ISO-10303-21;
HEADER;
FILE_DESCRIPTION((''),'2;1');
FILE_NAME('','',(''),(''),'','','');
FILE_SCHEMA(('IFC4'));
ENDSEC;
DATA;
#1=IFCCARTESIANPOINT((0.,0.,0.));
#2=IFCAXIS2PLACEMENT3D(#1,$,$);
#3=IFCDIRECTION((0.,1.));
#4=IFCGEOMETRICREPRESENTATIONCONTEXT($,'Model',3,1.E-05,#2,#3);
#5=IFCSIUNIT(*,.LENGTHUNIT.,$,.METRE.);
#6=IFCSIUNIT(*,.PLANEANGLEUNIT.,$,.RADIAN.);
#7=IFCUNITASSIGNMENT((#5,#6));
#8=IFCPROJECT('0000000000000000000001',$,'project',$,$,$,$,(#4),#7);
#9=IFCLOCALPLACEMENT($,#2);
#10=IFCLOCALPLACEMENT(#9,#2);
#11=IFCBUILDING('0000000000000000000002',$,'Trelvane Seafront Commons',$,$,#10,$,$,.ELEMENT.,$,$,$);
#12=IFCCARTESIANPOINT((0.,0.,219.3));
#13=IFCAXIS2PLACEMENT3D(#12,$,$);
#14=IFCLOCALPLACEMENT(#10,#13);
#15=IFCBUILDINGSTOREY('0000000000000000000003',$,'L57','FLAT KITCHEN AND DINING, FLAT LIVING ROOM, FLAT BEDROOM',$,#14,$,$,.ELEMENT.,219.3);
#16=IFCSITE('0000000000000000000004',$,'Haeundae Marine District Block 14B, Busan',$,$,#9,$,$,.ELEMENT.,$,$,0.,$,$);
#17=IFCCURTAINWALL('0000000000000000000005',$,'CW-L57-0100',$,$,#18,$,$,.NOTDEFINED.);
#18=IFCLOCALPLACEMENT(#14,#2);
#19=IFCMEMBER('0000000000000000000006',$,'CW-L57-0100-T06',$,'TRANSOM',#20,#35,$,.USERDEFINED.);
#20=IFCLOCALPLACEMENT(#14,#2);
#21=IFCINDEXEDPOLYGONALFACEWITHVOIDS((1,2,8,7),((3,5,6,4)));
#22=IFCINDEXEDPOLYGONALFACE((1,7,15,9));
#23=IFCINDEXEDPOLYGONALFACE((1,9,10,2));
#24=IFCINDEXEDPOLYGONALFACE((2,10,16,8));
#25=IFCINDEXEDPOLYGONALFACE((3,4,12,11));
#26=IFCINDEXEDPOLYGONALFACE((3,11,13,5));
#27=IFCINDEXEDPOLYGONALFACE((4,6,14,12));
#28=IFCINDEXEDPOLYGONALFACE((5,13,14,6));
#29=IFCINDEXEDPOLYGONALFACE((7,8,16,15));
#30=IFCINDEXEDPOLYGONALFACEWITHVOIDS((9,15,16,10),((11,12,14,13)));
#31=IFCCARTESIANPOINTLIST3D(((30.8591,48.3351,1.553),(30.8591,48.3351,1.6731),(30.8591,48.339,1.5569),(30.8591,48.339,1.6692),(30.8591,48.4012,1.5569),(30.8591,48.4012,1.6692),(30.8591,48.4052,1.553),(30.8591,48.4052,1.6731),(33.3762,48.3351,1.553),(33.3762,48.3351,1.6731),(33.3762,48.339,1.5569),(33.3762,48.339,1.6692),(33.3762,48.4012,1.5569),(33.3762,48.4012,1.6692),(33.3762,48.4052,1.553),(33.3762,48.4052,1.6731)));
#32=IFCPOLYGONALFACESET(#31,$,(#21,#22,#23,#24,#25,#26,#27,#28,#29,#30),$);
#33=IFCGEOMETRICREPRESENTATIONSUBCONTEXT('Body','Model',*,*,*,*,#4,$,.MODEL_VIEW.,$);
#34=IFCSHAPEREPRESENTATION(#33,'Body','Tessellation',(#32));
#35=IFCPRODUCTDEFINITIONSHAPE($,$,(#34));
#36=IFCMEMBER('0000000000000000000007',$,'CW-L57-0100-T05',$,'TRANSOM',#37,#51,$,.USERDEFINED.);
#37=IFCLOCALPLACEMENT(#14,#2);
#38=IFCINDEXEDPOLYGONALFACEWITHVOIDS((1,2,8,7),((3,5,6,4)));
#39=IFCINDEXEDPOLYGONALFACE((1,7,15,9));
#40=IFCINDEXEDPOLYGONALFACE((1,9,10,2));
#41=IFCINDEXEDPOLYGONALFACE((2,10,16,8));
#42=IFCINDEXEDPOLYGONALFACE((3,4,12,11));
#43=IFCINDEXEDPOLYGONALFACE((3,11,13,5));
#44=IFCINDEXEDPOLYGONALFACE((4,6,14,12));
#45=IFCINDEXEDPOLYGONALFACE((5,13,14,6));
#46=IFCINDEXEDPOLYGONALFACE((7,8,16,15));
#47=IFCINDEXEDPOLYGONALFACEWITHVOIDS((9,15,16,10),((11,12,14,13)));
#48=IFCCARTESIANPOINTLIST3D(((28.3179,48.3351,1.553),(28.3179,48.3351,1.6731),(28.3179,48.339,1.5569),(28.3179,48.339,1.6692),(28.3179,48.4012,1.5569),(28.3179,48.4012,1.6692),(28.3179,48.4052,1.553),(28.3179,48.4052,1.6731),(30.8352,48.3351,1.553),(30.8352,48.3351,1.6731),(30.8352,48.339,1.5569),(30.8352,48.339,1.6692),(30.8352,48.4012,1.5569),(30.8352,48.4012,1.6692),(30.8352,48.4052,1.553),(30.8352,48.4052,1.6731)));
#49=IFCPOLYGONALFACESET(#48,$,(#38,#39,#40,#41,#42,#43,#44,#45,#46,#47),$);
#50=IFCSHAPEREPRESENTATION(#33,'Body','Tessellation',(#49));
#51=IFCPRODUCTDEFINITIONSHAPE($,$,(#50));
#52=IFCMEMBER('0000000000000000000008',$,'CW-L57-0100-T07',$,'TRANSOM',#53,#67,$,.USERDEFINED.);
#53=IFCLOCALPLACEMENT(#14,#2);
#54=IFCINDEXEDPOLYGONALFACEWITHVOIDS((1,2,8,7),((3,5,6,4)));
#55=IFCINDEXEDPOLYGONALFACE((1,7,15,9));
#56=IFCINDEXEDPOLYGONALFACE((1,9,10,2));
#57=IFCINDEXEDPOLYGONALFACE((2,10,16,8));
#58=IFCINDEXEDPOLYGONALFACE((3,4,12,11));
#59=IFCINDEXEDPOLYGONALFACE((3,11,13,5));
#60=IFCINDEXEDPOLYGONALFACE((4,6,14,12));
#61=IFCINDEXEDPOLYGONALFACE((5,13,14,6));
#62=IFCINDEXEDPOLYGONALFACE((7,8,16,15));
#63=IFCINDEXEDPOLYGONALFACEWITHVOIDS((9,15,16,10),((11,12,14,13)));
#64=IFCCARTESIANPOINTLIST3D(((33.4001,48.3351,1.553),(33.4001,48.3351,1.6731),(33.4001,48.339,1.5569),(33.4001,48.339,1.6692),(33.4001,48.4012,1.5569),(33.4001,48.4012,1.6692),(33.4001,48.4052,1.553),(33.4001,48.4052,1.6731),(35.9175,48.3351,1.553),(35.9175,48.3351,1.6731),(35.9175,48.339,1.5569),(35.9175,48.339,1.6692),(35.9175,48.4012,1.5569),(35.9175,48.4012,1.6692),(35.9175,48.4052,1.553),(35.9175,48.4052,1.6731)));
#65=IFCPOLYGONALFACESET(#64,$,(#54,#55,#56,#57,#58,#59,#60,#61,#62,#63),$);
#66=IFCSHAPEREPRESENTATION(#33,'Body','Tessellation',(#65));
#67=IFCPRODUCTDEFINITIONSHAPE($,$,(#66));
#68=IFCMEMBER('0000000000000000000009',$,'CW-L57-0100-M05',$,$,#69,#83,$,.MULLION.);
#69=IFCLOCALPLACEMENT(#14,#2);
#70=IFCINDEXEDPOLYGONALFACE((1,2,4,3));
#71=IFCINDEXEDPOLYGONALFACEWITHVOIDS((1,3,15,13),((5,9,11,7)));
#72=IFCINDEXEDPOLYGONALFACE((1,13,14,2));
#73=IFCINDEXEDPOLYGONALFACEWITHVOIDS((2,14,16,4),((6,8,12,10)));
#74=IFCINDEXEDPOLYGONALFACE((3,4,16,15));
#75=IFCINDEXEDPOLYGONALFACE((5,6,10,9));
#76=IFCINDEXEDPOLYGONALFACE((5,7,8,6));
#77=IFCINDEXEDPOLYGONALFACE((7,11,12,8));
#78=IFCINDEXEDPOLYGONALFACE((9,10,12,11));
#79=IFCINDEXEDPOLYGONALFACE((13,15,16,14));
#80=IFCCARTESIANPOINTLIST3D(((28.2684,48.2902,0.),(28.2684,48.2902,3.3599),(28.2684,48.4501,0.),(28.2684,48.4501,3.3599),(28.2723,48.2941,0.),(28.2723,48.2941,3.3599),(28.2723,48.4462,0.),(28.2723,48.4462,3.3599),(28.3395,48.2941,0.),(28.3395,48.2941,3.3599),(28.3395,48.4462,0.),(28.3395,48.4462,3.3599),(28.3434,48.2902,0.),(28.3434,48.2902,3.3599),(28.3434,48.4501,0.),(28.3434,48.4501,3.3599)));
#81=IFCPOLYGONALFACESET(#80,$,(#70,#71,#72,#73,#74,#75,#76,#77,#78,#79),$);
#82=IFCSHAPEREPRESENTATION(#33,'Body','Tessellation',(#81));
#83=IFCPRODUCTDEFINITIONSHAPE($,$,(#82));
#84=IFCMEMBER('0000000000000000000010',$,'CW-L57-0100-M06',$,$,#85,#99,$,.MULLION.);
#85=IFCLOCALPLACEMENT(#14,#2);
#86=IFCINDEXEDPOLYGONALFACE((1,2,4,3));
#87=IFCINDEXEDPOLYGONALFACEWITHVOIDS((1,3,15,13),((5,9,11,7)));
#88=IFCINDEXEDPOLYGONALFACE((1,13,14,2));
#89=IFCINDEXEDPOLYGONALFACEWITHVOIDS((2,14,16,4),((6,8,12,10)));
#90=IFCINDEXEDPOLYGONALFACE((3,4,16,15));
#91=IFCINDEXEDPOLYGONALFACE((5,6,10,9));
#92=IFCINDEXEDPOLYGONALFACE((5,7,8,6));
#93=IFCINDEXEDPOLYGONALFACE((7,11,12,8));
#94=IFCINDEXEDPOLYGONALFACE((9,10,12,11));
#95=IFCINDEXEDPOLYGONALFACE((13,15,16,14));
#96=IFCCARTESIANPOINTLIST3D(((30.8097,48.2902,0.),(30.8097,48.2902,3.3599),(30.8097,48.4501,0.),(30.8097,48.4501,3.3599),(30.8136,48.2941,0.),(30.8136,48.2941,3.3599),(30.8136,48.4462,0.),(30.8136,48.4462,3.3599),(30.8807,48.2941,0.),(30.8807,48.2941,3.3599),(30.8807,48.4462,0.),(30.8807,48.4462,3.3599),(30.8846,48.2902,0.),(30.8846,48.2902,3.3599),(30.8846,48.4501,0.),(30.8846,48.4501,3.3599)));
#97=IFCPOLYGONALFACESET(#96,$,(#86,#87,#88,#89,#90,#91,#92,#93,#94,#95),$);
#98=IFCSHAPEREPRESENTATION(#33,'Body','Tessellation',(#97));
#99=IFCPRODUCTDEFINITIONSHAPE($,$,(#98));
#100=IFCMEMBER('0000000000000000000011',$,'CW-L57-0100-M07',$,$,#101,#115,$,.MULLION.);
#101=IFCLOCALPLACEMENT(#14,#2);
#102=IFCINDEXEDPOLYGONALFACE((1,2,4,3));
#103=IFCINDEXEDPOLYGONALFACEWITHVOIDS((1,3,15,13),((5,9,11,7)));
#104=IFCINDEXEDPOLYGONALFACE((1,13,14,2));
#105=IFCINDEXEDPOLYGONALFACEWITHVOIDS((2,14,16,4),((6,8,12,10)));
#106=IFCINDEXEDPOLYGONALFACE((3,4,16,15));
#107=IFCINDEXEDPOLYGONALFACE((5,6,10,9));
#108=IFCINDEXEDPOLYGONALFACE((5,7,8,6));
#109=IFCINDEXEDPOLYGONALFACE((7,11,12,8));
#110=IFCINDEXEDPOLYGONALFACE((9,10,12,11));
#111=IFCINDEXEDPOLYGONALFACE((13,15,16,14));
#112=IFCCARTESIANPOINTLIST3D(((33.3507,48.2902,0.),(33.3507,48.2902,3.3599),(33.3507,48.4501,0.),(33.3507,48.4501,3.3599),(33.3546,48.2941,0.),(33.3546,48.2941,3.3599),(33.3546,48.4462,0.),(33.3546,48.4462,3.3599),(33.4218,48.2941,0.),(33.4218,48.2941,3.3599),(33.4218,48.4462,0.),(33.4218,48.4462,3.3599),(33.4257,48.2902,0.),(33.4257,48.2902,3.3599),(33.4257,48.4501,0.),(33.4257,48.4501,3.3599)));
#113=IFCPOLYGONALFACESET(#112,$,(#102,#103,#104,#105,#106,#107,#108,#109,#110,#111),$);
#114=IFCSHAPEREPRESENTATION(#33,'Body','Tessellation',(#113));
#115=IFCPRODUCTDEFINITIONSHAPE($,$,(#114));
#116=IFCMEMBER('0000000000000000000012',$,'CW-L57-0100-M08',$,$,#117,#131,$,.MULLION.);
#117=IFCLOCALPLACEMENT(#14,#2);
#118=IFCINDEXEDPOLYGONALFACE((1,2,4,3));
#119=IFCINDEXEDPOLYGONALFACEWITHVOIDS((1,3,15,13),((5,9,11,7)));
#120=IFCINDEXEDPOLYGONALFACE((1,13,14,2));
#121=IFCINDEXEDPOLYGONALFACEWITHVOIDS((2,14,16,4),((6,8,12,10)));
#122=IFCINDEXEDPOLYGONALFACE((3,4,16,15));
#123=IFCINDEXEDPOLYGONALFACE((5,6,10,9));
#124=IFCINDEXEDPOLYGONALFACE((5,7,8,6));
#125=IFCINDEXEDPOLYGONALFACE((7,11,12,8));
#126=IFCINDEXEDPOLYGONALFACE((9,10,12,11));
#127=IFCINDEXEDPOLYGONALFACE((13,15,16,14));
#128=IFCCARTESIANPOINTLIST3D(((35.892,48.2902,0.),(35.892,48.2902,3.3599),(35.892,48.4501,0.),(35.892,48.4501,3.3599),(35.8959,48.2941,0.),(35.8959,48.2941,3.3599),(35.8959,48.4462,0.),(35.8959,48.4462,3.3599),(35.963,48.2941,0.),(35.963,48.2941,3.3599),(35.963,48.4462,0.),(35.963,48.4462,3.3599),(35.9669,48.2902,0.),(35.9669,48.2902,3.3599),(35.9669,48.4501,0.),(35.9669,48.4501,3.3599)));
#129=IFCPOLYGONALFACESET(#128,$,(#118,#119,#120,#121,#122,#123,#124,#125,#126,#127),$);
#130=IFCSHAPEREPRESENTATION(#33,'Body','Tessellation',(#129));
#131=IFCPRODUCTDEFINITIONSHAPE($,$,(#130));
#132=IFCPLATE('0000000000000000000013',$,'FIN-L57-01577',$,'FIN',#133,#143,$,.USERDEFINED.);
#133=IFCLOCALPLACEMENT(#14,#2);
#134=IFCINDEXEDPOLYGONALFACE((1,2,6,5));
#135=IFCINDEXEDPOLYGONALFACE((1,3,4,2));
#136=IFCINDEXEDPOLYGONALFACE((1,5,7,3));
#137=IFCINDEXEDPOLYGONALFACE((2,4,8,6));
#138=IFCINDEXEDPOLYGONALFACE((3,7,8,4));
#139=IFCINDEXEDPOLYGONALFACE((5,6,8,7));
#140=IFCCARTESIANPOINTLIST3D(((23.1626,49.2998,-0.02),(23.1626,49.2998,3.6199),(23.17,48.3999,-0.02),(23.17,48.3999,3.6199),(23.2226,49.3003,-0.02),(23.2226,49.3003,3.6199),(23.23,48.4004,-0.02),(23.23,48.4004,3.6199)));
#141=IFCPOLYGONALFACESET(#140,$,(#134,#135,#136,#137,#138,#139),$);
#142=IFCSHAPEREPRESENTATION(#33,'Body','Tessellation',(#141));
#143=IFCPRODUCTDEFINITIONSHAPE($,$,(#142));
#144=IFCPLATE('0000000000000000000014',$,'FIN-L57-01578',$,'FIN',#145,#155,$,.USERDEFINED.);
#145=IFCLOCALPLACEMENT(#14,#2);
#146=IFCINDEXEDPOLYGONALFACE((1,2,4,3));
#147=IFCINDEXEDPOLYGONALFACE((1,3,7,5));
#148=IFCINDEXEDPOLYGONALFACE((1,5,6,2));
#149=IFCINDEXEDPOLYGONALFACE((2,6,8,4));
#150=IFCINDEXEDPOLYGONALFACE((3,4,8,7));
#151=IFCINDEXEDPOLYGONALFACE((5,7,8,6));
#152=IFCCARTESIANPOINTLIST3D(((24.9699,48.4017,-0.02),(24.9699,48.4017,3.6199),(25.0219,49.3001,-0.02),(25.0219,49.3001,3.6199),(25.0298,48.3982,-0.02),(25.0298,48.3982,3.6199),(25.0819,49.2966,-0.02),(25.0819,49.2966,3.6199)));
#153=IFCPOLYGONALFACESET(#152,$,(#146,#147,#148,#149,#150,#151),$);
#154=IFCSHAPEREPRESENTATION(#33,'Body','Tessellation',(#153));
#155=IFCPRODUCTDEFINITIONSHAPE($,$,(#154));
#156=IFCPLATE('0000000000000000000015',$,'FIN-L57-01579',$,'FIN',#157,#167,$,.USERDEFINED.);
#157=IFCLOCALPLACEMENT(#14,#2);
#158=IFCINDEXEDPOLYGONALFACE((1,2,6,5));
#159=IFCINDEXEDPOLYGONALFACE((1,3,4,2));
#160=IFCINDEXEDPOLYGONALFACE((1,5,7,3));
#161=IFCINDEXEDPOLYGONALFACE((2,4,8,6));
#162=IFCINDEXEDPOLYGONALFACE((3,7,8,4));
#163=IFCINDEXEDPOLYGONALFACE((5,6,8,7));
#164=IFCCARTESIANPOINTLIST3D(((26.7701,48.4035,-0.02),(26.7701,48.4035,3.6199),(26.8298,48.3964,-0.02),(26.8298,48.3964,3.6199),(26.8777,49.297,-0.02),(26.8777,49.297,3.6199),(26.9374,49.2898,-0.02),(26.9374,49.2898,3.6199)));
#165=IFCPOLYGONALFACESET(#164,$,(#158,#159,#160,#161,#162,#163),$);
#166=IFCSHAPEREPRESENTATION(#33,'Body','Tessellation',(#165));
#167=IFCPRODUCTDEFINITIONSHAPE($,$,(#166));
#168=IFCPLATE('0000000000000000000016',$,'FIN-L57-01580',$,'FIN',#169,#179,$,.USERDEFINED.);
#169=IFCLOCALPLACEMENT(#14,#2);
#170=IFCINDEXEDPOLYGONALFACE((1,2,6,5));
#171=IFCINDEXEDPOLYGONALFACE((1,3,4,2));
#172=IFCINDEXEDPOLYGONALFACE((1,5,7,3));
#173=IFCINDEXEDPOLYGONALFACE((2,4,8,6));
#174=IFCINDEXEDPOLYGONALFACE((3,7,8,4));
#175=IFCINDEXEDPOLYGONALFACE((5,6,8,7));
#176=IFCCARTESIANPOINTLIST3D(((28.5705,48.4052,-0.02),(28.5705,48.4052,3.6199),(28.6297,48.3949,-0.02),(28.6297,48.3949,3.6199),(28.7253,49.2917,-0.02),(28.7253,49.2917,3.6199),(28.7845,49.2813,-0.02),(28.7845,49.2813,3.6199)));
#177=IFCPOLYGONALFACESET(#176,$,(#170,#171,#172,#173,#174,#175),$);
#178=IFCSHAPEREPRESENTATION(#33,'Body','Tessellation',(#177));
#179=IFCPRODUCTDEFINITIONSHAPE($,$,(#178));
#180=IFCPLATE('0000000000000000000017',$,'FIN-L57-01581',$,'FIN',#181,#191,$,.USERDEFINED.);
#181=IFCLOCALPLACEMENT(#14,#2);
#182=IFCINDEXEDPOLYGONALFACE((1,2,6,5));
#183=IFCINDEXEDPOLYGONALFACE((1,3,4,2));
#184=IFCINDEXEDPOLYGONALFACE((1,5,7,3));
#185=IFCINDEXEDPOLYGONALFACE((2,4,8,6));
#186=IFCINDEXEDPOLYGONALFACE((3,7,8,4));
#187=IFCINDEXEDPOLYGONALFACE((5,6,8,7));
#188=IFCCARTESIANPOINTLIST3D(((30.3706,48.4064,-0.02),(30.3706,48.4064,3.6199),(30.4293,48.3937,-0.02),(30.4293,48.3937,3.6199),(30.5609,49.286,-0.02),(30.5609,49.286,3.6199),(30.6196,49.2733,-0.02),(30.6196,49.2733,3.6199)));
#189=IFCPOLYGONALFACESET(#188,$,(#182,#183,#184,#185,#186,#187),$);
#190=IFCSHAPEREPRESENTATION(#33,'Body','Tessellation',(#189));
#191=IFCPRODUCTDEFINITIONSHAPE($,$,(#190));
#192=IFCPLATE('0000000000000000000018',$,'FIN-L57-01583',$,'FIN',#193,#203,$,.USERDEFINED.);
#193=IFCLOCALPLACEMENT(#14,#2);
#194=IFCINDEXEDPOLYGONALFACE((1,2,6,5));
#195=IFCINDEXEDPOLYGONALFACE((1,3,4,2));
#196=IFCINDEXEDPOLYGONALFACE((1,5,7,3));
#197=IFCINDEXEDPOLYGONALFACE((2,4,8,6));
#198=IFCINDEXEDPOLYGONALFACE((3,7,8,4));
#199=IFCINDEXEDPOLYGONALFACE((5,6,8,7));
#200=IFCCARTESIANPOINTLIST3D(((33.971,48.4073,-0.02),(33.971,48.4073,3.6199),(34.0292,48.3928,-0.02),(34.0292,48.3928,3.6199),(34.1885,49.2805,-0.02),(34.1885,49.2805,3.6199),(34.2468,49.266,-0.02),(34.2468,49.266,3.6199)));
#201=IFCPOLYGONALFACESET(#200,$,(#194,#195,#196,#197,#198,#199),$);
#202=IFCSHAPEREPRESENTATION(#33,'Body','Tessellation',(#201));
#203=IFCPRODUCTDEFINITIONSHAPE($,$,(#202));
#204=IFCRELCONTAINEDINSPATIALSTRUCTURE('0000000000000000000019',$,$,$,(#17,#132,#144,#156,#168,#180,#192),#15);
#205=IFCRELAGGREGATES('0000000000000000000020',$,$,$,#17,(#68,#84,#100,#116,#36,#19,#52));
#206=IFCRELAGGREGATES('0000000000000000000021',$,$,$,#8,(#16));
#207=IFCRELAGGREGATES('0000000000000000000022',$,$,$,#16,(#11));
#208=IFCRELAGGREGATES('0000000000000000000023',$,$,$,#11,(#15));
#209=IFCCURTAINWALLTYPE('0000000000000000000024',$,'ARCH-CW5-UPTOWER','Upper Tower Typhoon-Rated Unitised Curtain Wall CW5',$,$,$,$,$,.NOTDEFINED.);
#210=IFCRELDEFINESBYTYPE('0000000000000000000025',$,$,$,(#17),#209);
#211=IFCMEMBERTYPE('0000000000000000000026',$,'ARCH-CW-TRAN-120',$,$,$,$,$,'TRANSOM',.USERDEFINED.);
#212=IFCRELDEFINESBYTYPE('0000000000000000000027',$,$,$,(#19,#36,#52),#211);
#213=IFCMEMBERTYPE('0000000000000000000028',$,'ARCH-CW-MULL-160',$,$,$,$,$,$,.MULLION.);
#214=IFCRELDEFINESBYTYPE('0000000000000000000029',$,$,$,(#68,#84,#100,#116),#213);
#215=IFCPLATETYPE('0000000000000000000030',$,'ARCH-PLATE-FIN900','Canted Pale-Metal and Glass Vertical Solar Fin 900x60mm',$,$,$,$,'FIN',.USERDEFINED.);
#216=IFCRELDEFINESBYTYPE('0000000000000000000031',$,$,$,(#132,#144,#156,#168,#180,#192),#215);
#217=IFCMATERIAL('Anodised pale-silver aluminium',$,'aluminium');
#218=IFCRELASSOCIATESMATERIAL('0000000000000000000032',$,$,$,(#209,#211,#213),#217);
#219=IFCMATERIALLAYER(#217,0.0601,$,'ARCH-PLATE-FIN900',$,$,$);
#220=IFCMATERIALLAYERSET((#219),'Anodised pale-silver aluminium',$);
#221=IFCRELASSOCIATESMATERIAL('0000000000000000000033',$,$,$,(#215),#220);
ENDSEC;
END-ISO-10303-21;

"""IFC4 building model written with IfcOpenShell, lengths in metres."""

from ifc_helpers import new_model, si_unit, direction, frame, origin, origin_2d, place, context, subcontext, project, spatial, rectangle, hollow_rectangle, extrude, source, transform, mapped, material, layer, layer_set, material_profile, profile_set, type_object, element, aggregate, save


model = new_model("IFC4")

# Units and contexts
model_context = context("Model", 3, precision=1e-05, world=origin(), true_north=direction((0.0, 1.0)))
body_context = subcontext(model_context, "Body", "Model", "MODEL_VIEW")
ifc_project = project(units=[si_unit("LENGTHUNIT", "METRE"), si_unit("PLANEANGLEUNIT", "RADIAN")], contexts=[model_context])

# Site, building, storey
site_placement = place(None, origin())
site = spatial("IfcSite", under=ifc_project, at=site_placement, Name="Haeundae Marine District Block 14B, Busan", CompositionType="ELEMENT", RefElevation=0.0)
building_placement = place(site_placement, origin())
building = spatial("IfcBuilding", under=site, at=building_placement, Name="Trelvane Seafront Commons", CompositionType="ELEMENT")
storey_placement = place(building_placement, frame((0.0, 0.0, 219.3)))
storey = spatial("IfcBuildingStorey", under=building, at=storey_placement, Name="L57", Description="FLAT KITCHEN AND DINING, FLAT LIVING ROOM, FLAT BEDROOM", CompositionType="ELEMENT", Elevation=219.3)

# Curtain wall, members
ifc_material_1 = material(Name="Anodised pale-silver aluminium", Category="aluminium")
curtain_wall_type = type_object("IfcCurtainWallType", Name="ARCH-CW5-UPTOWER", Description="Upper Tower Typhoon-Rated Unitised Curtain Wall CW5", PredefinedType="NOTDEFINED", material=ifc_material_1)
curtain_wall_placement = place(storey_placement, origin())
curtain_wall = element("IfcCurtainWall", 1, at=curtain_wall_placement, inside=storey, type_object=curtain_wall_type, Name="CW-L57-0100", PredefinedType="NOTDEFINED")
ifc_material_profile_1 = material_profile(ifc_material_1, hollow_rectangle(XDim=0.0701, YDim=0.1201, WallThickness=0.0039, at=origin_2d()), Name="TRAN-70x120x4")
ifc_profile_set_1 = profile_set([ifc_material_profile_1], Name="Anodised pale-silver aluminium")
member_type_1 = type_object("IfcMemberType", Name="ARCH-CW-TRAN-120", ElementType="TRANSOM", PredefinedType="USERDEFINED", material=ifc_profile_set_1)
shared_shape_1 = source(origin(), body_context, "Body", "SweptSolid", [
    extrude(hollow_rectangle(XDim=0.0701, YDim=0.1201, WallThickness=0.0039, at=origin_2d()), origin(), (0.0, 0.0, 1.0), 2.5171),
])
member_1_placement = place(storey_placement, frame((30.8591, 48.3701, 1.613), z_axis=(1.0, 0.0, 0.0), x_axis=(0.0, 1.0, 0.0)))
member_1 = element("IfcMember", 2, at=member_1_placement, type_object=member_type_1, Name="CW-L57-0100-T06", ObjectType="TRANSOM", PredefinedType="USERDEFINED", context=body_context, shape_type="MappedRepresentation", body=[
    mapped(shared_shape_1, transform((0.0, 0.0, 0.0), x_axis=(1.0, 0.0, 0.0), y_axis=(0.0, 1.0, 0.0), z_axis=(0.0, 0.0, 1.0), scale=1.0)),
])
shared_shape_2 = source(origin(), body_context, "Body", "SweptSolid", [
    extrude(hollow_rectangle(XDim=0.0701, YDim=0.1201, WallThickness=0.0039, at=origin_2d()), origin(), (0.0, 0.0, 1.0), 2.5173),
])
member_2_placement = place(storey_placement, frame((28.3179, 48.3701, 1.613), z_axis=(1.0, 0.0, 0.0), x_axis=(0.0, 1.0, 0.0)))
member_2 = element("IfcMember", 3, at=member_2_placement, type_object=member_type_1, Name="CW-L57-0100-T05", ObjectType="TRANSOM", PredefinedType="USERDEFINED", context=body_context, shape_type="MappedRepresentation", body=[
    mapped(shared_shape_2, transform((0.0, 0.0, 0.0), x_axis=(1.0, 0.0, 0.0), y_axis=(0.0, 1.0, 0.0), z_axis=(0.0, 0.0, 1.0), scale=1.0)),
])
member_3_placement = place(storey_placement, frame((33.4001, 48.3701, 1.613), z_axis=(1.0, 0.0, 0.0), x_axis=(0.0, 1.0, 0.0)))
member_3 = element("IfcMember", 4, at=member_3_placement, type_object=member_type_1, Name="CW-L57-0100-T07", ObjectType="TRANSOM", PredefinedType="USERDEFINED", context=body_context, shape_type="MappedRepresentation", body=[
    mapped(shared_shape_2, transform((0.0, 0.0, 0.0), x_axis=(1.0, 0.0, 0.0), y_axis=(0.0, 1.0, 0.0), z_axis=(0.0, 0.0, 1.0), scale=1.0)),
])
ifc_material_profile_2 = material_profile(ifc_material_1, hollow_rectangle(XDim=0.075, YDim=0.1599, WallThickness=0.0039, at=origin_2d()), Name="MULL-75x160x4")
ifc_profile_set_2 = profile_set([ifc_material_profile_2], Name="Anodised pale-silver aluminium")
member_type_2 = type_object("IfcMemberType", Name="ARCH-CW-MULL-160", PredefinedType="MULLION", material=ifc_profile_set_2)
shared_shape_3 = source(origin(), body_context, "Body", "SweptSolid", [
    extrude(hollow_rectangle(XDim=0.075, YDim=0.1599, WallThickness=0.0039, at=origin_2d()), origin(), (0.0, 0.0, 1.0), 3.3599),
])
member_4_placement = place(storey_placement, frame((28.3059, 48.3701, 0.0), z_axis=(0.0, 0.0, 1.0), x_axis=(1.0, 0.0, 0.0)))
member_4 = element("IfcMember", 5, at=member_4_placement, type_object=member_type_2, Name="CW-L57-0100-M05", PredefinedType="MULLION", context=body_context, shape_type="MappedRepresentation", body=[
    mapped(shared_shape_3, transform((0.0, 0.0, 0.0), x_axis=(1.0, 0.0, 0.0), y_axis=(0.0, 1.0, 0.0), z_axis=(0.0, 0.0, 1.0), scale=1.0)),
])
member_5_placement = place(storey_placement, frame((30.8472, 48.3701, 0.0), z_axis=(0.0, 0.0, 1.0), x_axis=(1.0, 0.0, 0.0)))
member_5 = element("IfcMember", 6, at=member_5_placement, type_object=member_type_2, Name="CW-L57-0100-M06", PredefinedType="MULLION", context=body_context, shape_type="MappedRepresentation", body=[
    mapped(shared_shape_3, transform((0.0, 0.0, 0.0), x_axis=(1.0, 0.0, 0.0), y_axis=(0.0, 1.0, 0.0), z_axis=(0.0, 0.0, 1.0), scale=1.0)),
])
member_6_placement = place(storey_placement, frame((33.3882, 48.3701, 0.0), z_axis=(0.0, 0.0, 1.0), x_axis=(1.0, 0.0, 0.0)))
member_6 = element("IfcMember", 7, at=member_6_placement, type_object=member_type_2, Name="CW-L57-0100-M07", PredefinedType="MULLION", context=body_context, shape_type="MappedRepresentation", body=[
    mapped(shared_shape_3, transform((0.0, 0.0, 0.0), x_axis=(1.0, 0.0, 0.0), y_axis=(0.0, 1.0, 0.0), z_axis=(0.0, 0.0, 1.0), scale=1.0)),
])
member_7_placement = place(storey_placement, frame((35.9294, 48.3701, 0.0), z_axis=(0.0, 0.0, 1.0), x_axis=(1.0, 0.0, 0.0)))
member_7 = element("IfcMember", 8, at=member_7_placement, type_object=member_type_2, Name="CW-L57-0100-M08", PredefinedType="MULLION", context=body_context, shape_type="MappedRepresentation", body=[
    mapped(shared_shape_3, transform((0.0, 0.0, 0.0), x_axis=(1.0, 0.0, 0.0), y_axis=(0.0, 1.0, 0.0), z_axis=(0.0, 0.0, 1.0), scale=1.0)),
])

# Plates
ifc_layer_1 = layer(ifc_material_1, 0.0601, Name="ARCH-PLATE-FIN900")
ifc_layer_set_1 = layer_set([ifc_layer_1], Name="Anodised pale-silver aluminium")
plate_type_1 = type_object("IfcPlateType", Name="ARCH-PLATE-FIN900", Description="Canted Pale-Metal and Glass Vertical Solar Fin 900x60mm", ElementType="FIN", PredefinedType="USERDEFINED", material=ifc_layer_set_1)
shared_shape_4 = source(origin(), body_context, "Body", "SweptSolid", [
    extrude(rectangle(XDim=0.8999, YDim=0.0601, at=origin_2d()), origin(), (0.0, 0.0, 1.0), 3.6399),
])
for number, where, z_axis, x_axis, name in (
    (9, (23.1963, 48.8501, -0.02), (0.0, 0.0, 1.0), (-0.008222, 0.999966, 0.0), "FIN-L57-01577"),
    (10, (25.0259, 48.8491, -0.02), (0.0, 0.0, 1.0), (0.057888, 0.998323, 0.0), "FIN-L57-01578"),
    (11, (26.8538, 48.8467, -0.02), (0.0, 0.0, 1.0), (0.119562, 0.992827, 0.0), "FIN-L57-01579"),
    (12, (28.6775, 48.8433, -0.02), (0.0, 0.0, 1.0), (0.171998, 0.985097, 0.0), "FIN-L57-01580"),
    (13, (30.4951, 48.8398, -0.02), (0.0, 0.0, 1.0), (0.211434, 0.977392, 0.0), "FIN-L57-01581"),
    (14, (34.1089, 48.8367, -0.02), (0.0, 0.0, 1.0), (0.241778, 0.970332, 0.0), "FIN-L57-01583"),
):
    element("IfcPlate", number, at=place(storey_placement, frame(where, z_axis=z_axis, x_axis=x_axis)), inside=storey, type_object=plate_type_1, Name=name, ObjectType="FIN", PredefinedType="USERDEFINED", context=body_context, shape_type="MappedRepresentation", body=[
        mapped(shared_shape_4, transform((0.0, 0.0, 0.0), x_axis=(1.0, 0.0, 0.0), y_axis=(0.0, 1.0, 0.0), z_axis=(0.0, 0.0, 1.0), scale=1.0)),
    ])

aggregate(curtain_wall, [member_4, member_5, member_6, member_7, member_2, member_1, member_3])

save(model, "model.ifc")
